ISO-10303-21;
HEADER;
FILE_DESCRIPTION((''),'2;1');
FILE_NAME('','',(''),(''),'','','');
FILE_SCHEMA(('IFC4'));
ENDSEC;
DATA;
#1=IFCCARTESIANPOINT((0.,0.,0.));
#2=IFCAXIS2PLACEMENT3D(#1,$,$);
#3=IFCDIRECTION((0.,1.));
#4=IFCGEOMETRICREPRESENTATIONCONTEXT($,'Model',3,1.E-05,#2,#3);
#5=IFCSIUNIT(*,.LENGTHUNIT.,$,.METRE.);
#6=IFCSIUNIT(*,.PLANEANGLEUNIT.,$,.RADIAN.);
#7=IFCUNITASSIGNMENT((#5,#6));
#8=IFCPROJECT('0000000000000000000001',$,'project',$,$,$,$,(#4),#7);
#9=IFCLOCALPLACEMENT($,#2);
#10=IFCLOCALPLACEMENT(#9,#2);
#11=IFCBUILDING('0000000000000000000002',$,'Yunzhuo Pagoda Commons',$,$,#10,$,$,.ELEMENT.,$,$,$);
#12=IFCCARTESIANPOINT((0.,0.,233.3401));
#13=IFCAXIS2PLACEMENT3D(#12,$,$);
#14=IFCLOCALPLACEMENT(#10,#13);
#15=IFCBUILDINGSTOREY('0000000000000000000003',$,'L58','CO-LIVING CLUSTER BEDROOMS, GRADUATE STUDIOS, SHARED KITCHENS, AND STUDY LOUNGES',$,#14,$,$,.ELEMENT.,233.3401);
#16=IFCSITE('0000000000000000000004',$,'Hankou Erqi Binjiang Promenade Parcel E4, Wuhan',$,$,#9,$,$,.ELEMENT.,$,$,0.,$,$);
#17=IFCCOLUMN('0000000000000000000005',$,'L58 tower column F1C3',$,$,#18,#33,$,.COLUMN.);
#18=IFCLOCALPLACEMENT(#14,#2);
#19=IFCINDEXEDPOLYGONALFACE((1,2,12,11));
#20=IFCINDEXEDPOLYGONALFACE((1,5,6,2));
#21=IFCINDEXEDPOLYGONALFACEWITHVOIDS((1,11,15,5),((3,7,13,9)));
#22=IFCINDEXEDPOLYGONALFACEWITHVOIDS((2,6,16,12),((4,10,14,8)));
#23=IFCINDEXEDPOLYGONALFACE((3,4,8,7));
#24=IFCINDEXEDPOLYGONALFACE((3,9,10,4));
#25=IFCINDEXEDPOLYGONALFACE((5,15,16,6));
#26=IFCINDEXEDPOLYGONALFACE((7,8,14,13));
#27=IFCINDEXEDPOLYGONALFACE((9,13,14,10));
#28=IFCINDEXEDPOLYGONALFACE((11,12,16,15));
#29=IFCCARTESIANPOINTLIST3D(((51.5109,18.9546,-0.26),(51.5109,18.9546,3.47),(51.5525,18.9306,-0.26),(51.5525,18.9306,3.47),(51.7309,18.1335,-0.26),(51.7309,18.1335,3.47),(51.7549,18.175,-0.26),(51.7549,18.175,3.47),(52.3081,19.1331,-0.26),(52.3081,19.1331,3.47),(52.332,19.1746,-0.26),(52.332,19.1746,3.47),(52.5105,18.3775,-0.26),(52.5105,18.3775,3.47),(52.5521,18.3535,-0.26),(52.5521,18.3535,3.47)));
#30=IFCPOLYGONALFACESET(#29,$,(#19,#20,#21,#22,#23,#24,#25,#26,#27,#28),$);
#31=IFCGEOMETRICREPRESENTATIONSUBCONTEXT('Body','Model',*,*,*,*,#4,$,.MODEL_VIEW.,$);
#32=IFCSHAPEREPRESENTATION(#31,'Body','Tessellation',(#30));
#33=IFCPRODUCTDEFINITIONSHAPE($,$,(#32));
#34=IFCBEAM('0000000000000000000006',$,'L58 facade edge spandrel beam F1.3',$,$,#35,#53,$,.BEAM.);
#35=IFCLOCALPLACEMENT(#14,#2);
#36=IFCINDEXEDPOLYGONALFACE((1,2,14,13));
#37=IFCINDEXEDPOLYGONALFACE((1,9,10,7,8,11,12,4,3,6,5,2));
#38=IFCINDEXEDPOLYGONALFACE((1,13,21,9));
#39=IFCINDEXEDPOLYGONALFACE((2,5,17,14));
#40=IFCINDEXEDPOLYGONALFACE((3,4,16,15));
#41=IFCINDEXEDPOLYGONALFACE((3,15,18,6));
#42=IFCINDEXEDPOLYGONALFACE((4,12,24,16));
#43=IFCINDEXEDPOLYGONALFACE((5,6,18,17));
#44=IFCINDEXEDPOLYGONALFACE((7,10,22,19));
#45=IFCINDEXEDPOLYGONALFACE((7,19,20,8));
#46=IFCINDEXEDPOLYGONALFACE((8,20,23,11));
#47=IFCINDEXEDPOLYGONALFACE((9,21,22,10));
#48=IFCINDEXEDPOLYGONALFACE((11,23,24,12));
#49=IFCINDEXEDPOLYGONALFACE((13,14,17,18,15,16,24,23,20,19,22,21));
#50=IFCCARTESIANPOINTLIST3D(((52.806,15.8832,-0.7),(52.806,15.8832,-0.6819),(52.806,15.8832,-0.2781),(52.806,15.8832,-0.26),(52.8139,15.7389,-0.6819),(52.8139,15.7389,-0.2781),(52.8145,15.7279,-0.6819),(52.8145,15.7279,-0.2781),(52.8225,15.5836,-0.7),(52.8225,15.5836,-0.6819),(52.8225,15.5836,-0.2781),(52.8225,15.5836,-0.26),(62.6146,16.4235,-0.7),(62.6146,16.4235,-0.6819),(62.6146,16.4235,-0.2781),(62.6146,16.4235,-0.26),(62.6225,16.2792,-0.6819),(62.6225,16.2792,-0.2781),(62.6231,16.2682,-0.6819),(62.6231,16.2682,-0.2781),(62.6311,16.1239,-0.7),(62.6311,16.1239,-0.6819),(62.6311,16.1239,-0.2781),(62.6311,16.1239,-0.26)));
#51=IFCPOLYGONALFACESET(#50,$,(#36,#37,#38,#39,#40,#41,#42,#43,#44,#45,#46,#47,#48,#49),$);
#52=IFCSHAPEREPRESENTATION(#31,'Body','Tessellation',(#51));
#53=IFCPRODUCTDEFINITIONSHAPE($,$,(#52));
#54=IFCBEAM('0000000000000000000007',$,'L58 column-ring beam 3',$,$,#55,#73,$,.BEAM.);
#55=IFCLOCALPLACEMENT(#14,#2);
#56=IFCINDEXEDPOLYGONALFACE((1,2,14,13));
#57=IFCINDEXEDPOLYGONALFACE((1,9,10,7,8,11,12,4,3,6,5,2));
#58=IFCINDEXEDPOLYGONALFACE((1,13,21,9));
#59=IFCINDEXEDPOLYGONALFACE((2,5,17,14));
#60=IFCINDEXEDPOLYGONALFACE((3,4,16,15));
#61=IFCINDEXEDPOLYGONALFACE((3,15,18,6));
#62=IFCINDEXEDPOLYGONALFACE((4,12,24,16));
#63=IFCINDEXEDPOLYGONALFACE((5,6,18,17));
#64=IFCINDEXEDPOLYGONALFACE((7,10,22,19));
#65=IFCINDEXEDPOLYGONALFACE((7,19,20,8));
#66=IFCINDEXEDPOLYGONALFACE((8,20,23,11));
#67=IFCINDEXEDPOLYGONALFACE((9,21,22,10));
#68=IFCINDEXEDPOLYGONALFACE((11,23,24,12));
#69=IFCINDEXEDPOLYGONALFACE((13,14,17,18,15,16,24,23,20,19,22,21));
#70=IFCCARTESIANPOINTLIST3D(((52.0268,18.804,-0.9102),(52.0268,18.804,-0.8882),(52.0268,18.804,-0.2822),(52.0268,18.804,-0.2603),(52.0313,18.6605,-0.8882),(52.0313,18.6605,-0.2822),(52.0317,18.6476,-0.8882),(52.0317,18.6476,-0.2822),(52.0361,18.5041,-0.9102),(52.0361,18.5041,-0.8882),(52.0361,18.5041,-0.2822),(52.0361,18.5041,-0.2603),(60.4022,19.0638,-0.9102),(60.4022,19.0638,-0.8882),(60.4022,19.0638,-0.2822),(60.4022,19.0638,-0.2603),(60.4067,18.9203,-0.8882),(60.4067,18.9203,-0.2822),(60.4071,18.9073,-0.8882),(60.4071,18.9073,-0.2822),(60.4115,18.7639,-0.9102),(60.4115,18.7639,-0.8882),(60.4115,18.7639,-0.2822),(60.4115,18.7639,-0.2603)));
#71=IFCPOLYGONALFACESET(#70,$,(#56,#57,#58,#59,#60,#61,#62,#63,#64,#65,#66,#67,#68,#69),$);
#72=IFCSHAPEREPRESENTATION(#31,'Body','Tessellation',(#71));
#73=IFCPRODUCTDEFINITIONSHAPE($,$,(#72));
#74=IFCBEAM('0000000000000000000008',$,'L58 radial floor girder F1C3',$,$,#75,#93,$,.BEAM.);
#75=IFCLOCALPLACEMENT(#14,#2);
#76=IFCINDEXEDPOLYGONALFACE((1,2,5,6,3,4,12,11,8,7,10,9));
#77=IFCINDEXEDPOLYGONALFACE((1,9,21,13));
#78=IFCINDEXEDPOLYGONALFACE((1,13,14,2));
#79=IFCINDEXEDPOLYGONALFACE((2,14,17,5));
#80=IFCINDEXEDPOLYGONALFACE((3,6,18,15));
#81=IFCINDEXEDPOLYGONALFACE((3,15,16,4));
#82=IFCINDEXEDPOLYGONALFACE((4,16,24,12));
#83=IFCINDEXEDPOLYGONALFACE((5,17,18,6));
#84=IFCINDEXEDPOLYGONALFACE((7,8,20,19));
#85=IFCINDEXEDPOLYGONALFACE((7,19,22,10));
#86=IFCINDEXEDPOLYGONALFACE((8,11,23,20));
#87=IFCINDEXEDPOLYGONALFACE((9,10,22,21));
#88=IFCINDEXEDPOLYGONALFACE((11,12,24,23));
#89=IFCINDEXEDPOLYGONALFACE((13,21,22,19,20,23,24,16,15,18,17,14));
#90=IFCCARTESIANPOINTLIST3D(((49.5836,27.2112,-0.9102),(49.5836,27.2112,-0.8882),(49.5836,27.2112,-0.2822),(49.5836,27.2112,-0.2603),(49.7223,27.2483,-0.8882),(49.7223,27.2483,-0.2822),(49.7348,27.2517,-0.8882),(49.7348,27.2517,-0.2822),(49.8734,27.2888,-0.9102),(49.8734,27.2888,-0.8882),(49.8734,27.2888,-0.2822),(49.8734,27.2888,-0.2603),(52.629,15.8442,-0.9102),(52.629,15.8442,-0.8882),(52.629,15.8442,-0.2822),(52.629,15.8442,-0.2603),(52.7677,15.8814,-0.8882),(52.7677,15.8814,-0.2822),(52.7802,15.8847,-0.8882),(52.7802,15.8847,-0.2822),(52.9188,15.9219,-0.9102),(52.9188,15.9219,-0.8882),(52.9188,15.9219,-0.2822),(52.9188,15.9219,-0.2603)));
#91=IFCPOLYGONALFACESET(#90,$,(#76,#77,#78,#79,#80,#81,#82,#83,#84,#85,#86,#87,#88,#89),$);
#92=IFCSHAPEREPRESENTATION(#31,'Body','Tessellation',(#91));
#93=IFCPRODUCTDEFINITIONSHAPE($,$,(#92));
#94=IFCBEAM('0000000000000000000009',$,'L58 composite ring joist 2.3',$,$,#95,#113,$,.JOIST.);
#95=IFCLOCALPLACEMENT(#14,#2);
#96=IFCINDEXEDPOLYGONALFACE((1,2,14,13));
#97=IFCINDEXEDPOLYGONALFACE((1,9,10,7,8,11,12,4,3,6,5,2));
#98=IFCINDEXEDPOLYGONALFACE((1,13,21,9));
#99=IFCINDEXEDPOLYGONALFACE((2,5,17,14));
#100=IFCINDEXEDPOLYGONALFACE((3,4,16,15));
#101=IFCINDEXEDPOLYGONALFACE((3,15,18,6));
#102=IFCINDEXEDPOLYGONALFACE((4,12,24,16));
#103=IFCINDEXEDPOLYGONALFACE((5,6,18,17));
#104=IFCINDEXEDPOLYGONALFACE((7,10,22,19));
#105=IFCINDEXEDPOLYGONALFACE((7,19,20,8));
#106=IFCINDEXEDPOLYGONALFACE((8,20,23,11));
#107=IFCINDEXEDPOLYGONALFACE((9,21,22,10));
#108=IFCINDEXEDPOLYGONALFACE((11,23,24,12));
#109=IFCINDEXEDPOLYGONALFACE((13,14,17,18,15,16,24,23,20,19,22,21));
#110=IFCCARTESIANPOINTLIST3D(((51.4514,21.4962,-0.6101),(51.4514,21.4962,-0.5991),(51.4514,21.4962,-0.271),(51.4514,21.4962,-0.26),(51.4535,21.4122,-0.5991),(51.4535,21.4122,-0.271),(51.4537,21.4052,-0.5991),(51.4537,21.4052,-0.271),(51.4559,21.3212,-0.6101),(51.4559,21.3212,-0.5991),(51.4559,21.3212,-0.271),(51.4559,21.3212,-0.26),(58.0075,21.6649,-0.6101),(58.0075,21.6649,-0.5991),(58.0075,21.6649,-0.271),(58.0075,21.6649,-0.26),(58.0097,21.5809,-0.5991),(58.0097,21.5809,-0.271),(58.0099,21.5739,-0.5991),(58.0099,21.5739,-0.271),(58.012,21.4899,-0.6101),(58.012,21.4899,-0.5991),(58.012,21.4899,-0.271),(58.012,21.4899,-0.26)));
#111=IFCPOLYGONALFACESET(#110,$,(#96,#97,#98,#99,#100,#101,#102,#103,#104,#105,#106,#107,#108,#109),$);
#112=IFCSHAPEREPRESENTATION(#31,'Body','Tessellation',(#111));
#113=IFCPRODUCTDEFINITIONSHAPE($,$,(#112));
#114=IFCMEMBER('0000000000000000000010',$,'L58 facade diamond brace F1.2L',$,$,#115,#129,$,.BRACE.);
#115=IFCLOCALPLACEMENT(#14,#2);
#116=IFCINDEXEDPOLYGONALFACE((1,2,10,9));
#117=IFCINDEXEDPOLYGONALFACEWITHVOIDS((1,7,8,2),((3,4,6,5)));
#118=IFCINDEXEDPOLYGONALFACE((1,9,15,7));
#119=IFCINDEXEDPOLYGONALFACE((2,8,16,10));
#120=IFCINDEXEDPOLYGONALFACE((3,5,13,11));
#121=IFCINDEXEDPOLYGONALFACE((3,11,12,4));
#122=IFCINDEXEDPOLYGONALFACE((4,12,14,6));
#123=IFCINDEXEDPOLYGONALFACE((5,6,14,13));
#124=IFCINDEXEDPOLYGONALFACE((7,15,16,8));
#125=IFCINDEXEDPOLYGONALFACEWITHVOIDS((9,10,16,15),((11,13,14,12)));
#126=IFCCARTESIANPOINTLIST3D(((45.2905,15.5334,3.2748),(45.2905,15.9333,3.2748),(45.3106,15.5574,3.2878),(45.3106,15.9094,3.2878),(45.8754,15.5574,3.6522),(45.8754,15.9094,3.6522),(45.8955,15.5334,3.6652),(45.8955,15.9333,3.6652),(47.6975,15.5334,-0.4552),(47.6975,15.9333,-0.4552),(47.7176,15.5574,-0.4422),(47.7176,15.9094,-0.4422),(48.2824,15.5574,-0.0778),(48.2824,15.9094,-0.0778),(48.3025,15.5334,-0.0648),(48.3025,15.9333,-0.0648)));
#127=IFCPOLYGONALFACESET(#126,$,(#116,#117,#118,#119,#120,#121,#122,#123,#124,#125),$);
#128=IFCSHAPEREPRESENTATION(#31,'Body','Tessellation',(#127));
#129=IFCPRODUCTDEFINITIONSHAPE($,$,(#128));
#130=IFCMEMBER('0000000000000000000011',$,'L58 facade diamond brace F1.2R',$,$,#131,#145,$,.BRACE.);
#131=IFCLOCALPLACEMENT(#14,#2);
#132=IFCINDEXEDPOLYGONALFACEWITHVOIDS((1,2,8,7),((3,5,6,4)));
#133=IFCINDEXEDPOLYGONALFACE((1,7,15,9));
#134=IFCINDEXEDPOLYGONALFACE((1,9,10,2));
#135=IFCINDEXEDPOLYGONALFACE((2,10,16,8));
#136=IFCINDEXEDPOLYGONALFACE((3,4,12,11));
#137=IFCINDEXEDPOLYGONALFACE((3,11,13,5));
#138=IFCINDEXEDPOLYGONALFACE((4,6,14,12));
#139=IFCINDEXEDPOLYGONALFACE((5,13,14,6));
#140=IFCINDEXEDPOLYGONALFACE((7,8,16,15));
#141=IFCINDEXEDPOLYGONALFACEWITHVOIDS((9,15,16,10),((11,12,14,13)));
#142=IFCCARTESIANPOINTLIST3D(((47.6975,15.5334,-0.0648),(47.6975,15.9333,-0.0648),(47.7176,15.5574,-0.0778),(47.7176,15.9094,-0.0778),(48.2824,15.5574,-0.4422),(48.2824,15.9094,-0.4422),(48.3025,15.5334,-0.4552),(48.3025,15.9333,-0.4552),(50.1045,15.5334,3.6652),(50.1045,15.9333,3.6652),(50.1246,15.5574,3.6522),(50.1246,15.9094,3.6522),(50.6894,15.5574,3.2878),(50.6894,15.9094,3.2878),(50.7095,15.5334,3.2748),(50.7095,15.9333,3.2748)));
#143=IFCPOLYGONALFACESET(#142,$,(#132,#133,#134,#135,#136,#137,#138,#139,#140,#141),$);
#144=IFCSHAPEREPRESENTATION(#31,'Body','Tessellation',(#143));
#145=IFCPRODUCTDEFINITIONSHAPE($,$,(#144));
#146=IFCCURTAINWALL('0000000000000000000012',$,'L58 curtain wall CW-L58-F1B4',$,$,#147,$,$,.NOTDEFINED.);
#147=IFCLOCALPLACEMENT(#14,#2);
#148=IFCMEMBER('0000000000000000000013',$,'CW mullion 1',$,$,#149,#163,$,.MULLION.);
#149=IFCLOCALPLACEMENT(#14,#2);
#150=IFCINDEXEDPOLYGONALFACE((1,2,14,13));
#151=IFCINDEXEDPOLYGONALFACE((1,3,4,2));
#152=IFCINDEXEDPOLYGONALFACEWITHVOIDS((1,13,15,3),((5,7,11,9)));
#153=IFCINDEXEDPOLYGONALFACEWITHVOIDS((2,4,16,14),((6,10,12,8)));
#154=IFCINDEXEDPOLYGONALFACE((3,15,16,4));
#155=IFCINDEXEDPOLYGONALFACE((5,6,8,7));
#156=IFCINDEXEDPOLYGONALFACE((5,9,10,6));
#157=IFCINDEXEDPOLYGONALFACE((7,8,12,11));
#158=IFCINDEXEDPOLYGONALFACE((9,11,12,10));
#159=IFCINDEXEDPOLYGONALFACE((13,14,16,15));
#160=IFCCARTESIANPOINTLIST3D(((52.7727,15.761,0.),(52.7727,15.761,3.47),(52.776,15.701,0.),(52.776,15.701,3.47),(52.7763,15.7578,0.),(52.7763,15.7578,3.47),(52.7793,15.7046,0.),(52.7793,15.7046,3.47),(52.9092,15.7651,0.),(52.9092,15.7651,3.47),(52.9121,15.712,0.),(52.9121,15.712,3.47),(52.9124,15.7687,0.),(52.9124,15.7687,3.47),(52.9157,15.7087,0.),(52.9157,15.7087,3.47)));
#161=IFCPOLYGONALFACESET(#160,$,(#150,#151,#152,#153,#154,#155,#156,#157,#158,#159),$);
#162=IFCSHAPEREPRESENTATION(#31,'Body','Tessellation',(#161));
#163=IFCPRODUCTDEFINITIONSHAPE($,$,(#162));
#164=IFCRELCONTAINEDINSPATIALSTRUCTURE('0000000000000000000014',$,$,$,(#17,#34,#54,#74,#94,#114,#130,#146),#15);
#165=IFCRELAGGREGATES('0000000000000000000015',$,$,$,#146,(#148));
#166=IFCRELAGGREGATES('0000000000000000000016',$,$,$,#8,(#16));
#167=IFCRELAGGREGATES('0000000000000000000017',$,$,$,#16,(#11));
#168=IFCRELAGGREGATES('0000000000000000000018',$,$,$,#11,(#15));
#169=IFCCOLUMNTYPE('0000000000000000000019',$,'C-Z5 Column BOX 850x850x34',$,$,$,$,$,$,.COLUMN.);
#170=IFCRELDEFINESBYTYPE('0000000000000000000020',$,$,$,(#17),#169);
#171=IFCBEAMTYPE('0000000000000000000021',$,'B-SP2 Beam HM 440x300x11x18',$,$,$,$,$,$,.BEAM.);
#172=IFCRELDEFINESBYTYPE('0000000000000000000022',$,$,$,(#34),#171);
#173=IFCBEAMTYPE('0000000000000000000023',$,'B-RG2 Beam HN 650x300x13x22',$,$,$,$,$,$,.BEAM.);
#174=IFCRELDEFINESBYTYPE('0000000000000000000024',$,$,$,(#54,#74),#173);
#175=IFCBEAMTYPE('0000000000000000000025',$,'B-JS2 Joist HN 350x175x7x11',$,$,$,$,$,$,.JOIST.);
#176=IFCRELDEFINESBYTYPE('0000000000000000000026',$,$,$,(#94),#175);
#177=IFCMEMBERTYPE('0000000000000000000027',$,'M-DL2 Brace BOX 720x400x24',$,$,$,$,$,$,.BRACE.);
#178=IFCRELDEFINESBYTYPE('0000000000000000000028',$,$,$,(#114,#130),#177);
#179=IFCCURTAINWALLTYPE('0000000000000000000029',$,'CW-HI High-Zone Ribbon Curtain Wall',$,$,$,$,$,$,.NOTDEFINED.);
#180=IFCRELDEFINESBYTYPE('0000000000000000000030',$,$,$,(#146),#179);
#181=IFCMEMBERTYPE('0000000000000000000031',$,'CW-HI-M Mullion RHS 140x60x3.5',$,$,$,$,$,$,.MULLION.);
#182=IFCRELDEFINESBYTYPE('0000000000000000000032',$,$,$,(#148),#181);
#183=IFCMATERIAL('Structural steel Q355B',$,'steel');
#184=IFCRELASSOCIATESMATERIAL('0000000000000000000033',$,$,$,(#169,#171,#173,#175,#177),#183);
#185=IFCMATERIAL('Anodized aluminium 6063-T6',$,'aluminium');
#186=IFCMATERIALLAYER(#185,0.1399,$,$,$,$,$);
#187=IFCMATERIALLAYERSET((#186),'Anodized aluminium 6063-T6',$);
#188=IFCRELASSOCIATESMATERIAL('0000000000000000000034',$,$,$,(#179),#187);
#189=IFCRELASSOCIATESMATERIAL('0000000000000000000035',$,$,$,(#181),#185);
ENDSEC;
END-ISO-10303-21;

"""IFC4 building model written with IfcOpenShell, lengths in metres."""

from ifc_helpers import new_model, si_unit, direction, frame, origin, origin_2d, place, context, subcontext, project, spatial, hollow_rectangle, i_section, extrude, source, transform, mapped, material, layer, layer_set, material_profile, profile_set, type_object, element, aggregate, save


model = new_model("IFC4")

# Units and contexts
model_context = context("Model", 3, precision=1e-05, world=origin(), true_north=direction((0.0, 1.0)))
body_context = subcontext(model_context, "Body", "Model", "MODEL_VIEW")
ifc_project = project(units=[si_unit("LENGTHUNIT", "METRE"), si_unit("PLANEANGLEUNIT", "RADIAN")], contexts=[model_context])

# Site, building, storey
site_placement = place(None, origin())
site = spatial("IfcSite", under=ifc_project, at=site_placement, Name="Hankou Erqi Binjiang Promenade Parcel E4, Wuhan", CompositionType="ELEMENT", RefElevation=0.0)
building_placement = place(site_placement, origin())
building = spatial("IfcBuilding", under=site, at=building_placement, Name="Yunzhuo Pagoda Commons", CompositionType="ELEMENT")
storey_placement = place(building_placement, frame((0.0, 0.0, 233.3401)))
storey = spatial("IfcBuildingStorey", under=building, at=storey_placement, Name="L58", Description="CO-LIVING CLUSTER BEDROOMS, GRADUATE STUDIOS, SHARED KITCHENS, AND STUDY LOUNGES", CompositionType="ELEMENT", Elevation=233.3401)

# Column
ifc_material_1 = material(Name="Structural steel Q355B", Category="steel")
ifc_material_profile_1 = material_profile(ifc_material_1, hollow_rectangle(XDim=0.8501, YDim=0.8501, WallThickness=0.0339, at=origin_2d()), Name="Structural steel Q355B")
ifc_profile_set_1 = profile_set([ifc_material_profile_1], Name="Structural steel Q355B")
column_type = type_object("IfcColumnType", Name="C-Z5 Column BOX 850x850x34", PredefinedType="COLUMN", material=ifc_profile_set_1)
shared_shape_1 = source(origin(), body_context, "Body", "SweptSolid", [
    extrude(hollow_rectangle(XDim=0.8501, YDim=0.8501, WallThickness=0.0339, at=origin_2d()), origin(), (0.0, 0.0, 1.0), 3.73),
])
column_placement = place(storey_placement, frame((52.0315, 18.6541, -0.26), z_axis=(0.0, 0.0, 1.0), x_axis=(0.965926, 0.258819, 0.0)))
element("IfcColumn", 1, at=column_placement, inside=storey, type_object=column_type, Name="L58 tower column F1C3", PredefinedType="COLUMN", context=body_context, shape_type="MappedRepresentation", body=[
    mapped(shared_shape_1, transform((0.0, 0.0, 0.0), scale=1.0)),
])

# Beams
ifc_material_profile_2 = material_profile(ifc_material_1, i_section(OverallWidth=0.3, OverallDepth=0.4399, WebThickness=0.011, FlangeThickness=0.0181, at=origin_2d()), Name="Structural steel Q355B")
ifc_profile_set_2 = profile_set([ifc_material_profile_2], Name="Structural steel Q355B")
beam_type_1 = type_object("IfcBeamType", Name="B-SP2 Beam HM 440x300x11x18", PredefinedType="BEAM", material=ifc_profile_set_2)
shared_shape_2 = source(origin(), body_context, "Body", "SweptSolid", [
    extrude(i_section(OverallWidth=0.3, OverallDepth=0.4399, WebThickness=0.011, FlangeThickness=0.0181, at=origin_2d()), origin(), (0.0, 0.0, 1.0), 9.8235),
])
beam_1_placement = place(storey_placement, frame((52.8142, 15.7334, -0.48), z_axis=(0.998486, 0.054999, 0.0), x_axis=(-0.054999, 0.998486, 0.0)))
element("IfcBeam", 2, at=beam_1_placement, inside=storey, type_object=beam_type_1, Name="L58 facade edge spandrel beam F1.3", PredefinedType="BEAM", context=body_context, shape_type="MappedRepresentation", body=[
    mapped(shared_shape_2, transform((0.0, 0.0, 0.0), scale=1.0)),
])
ifc_material_profile_3 = material_profile(ifc_material_1, i_section(OverallWidth=0.3, OverallDepth=0.6499, WebThickness=0.0129, FlangeThickness=0.022, at=origin_2d()), Name="Structural steel Q355B")
ifc_profile_set_3 = profile_set([ifc_material_profile_3], Name="Structural steel Q355B")
beam_type_2 = type_object("IfcBeamType", Name="B-RG2 Beam HN 650x300x13x22", PredefinedType="BEAM", material=ifc_profile_set_3)
shared_shape_3 = source(origin(), body_context, "Body", "SweptSolid", [
    extrude(i_section(OverallWidth=0.3, OverallDepth=0.6499, WebThickness=0.0129, FlangeThickness=0.022, at=origin_2d()), origin(), (0.0, 0.0, 1.0), 8.3794),
])
beam_2_placement = place(storey_placement, frame((52.0315, 18.6541, -0.5852), z_axis=(0.999519, 0.031, 0.0), x_axis=(-0.031, 0.999519, 0.0)))
element("IfcBeam", 3, at=beam_2_placement, inside=storey, type_object=beam_type_2, Name="L58 column-ring beam 3", PredefinedType="BEAM", context=body_context, shape_type="MappedRepresentation", body=[
    mapped(shared_shape_3, transform((0.0, 0.0, 0.0), scale=1.0)),
])
shared_shape_4 = source(origin(), body_context, "Body", "SweptSolid", [
    extrude(i_section(OverallWidth=0.3, OverallDepth=0.6499, WebThickness=0.0129, FlangeThickness=0.022, at=origin_2d()), origin(), (0.0, 0.0, 1.0), 11.7678),
])
beam_3_placement = place(storey_placement, frame((52.7739, 15.8831, -0.5852), z_axis=(-0.258791, 0.965933, 0.0), x_axis=(-0.965933, -0.258791, 0.0)))
element("IfcBeam", 4, at=beam_3_placement, inside=storey, type_object=beam_type_2, Name="L58 radial floor girder F1C3", PredefinedType="BEAM", context=body_context, shape_type="MappedRepresentation", body=[
    mapped(shared_shape_4, transform((0.0, 0.0, 0.0), scale=1.0)),
])
ifc_material_profile_4 = material_profile(ifc_material_1, i_section(OverallWidth=0.175, OverallDepth=0.3501, WebThickness=0.0071, FlangeThickness=0.011, at=origin_2d()), Name="Structural steel Q355B")
ifc_profile_set_4 = profile_set([ifc_material_profile_4], Name="Structural steel Q355B")
beam_type_3 = type_object("IfcBeamType", Name="B-JS2 Joist HN 350x175x7x11", PredefinedType="JOIST", material=ifc_profile_set_4)
shared_shape_5 = source(origin(), body_context, "Body", "SweptSolid", [
    extrude(i_section(OverallWidth=0.175, OverallDepth=0.3501, WebThickness=0.0071, FlangeThickness=0.011, at=origin_2d()), origin(), (0.0, 0.0, 1.0), 6.5583),
])
beam_4_placement = place(storey_placement, frame((51.4536, 21.4087, -0.4351), z_axis=(0.999669, 0.025723, 0.0), x_axis=(-0.025723, 0.999669, 0.0)))
element("IfcBeam", 5, at=beam_4_placement, inside=storey, type_object=beam_type_3, Name="L58 composite ring joist 2.3", PredefinedType="JOIST", context=body_context, shape_type="MappedRepresentation", body=[
    mapped(shared_shape_5, transform((0.0, 0.0, 0.0), scale=1.0)),
])

# Members
ifc_material_profile_5 = material_profile(ifc_material_1, hollow_rectangle(XDim=0.3999, YDim=0.72, WallThickness=0.0239, at=origin_2d()), Name="Structural steel Q355B")
ifc_profile_set_5 = profile_set([ifc_material_profile_5], Name="Structural steel Q355B")
member_type_1 = type_object("IfcMemberType", Name="M-DL2 Brace BOX 720x400x24", PredefinedType="BRACE", material=ifc_profile_set_5)
shared_shape_6 = source(origin(), body_context, "Body", "SweptSolid", [
    extrude(hollow_rectangle(XDim=0.3999, YDim=0.72, WallThickness=0.0239, at=origin_2d()), origin(), (0.0, 0.0, 1.0), 4.4392),
])
for number, where, z_axis, x_axis, name in (
    (6, (48.0, 15.7334, -0.26), (-0.542213, 0.0, 0.840241), (0.0, -1.0, 0.0), "L58 facade diamond brace F1.2L"),
    (7, (48.0, 15.7334, -0.26), (0.542213, 0.0, 0.840241), (0.0, 1.0, 0.0), "L58 facade diamond brace F1.2R"),
):
    element("IfcMember", number, at=place(storey_placement, frame(where, z_axis=z_axis, x_axis=x_axis)), inside=storey, type_object=member_type_1, Name=name, PredefinedType="BRACE", context=body_context, shape_type="MappedRepresentation", body=[
        mapped(shared_shape_6, transform((0.0, 0.0, 0.0), scale=1.0)),
    ])

# Curtain wall, member
ifc_material_2 = material(Name="Anodized aluminium 6063-T6", Category="aluminium")
ifc_layer_1 = layer(ifc_material_2, 0.1399)
ifc_layer_set_1 = layer_set([ifc_layer_1], Name="Anodized aluminium 6063-T6")
curtain_wall_type = type_object("IfcCurtainWallType", Name="CW-HI High-Zone Ribbon Curtain Wall", PredefinedType="NOTDEFINED", material=ifc_layer_set_1)
curtain_wall_1_placement = place(storey_placement, origin())
curtain_wall_1 = element("IfcCurtainWall", 8, at=curtain_wall_1_placement, inside=storey, type_object=curtain_wall_type, Name="L58 curtain wall CW-L58-F1B4", PredefinedType="NOTDEFINED")
ifc_material_profile_6 = material_profile(ifc_material_2, hollow_rectangle(XDim=0.0601, YDim=0.1399, WallThickness=0.0034, at=origin_2d()), Name="Anodized aluminium 6063-T6")
ifc_profile_set_6 = profile_set([ifc_material_profile_6], Name="Anodized aluminium 6063-T6")
member_type_2 = type_object("IfcMemberType", Name="CW-HI-M Mullion RHS 140x60x3.5", PredefinedType="MULLION", material=ifc_profile_set_6)
shared_shape_7 = source(origin(), body_context, "Body", "SweptSolid", [
    extrude(hollow_rectangle(XDim=0.0601, YDim=0.1399, WallThickness=0.0034, at=origin_2d()), origin(), (0.0, 0.0, 1.0), 3.47),
])
member_1_placement = place(storey_placement, frame((52.8442, 15.7349, 0.0), z_axis=(0.0, 0.0, 1.0), x_axis=(-0.054981, 0.998487, 0.0)))
member_1 = element("IfcMember", 9, at=member_1_placement, type_object=member_type_2, Name="CW mullion 1", PredefinedType="MULLION", context=body_context, shape_type="MappedRepresentation", body=[
    mapped(shared_shape_7, transform((0.0, 0.0, 0.0), scale=1.0)),
])

aggregate(curtain_wall_1, [member_1])

save(model, "model.ifc")
